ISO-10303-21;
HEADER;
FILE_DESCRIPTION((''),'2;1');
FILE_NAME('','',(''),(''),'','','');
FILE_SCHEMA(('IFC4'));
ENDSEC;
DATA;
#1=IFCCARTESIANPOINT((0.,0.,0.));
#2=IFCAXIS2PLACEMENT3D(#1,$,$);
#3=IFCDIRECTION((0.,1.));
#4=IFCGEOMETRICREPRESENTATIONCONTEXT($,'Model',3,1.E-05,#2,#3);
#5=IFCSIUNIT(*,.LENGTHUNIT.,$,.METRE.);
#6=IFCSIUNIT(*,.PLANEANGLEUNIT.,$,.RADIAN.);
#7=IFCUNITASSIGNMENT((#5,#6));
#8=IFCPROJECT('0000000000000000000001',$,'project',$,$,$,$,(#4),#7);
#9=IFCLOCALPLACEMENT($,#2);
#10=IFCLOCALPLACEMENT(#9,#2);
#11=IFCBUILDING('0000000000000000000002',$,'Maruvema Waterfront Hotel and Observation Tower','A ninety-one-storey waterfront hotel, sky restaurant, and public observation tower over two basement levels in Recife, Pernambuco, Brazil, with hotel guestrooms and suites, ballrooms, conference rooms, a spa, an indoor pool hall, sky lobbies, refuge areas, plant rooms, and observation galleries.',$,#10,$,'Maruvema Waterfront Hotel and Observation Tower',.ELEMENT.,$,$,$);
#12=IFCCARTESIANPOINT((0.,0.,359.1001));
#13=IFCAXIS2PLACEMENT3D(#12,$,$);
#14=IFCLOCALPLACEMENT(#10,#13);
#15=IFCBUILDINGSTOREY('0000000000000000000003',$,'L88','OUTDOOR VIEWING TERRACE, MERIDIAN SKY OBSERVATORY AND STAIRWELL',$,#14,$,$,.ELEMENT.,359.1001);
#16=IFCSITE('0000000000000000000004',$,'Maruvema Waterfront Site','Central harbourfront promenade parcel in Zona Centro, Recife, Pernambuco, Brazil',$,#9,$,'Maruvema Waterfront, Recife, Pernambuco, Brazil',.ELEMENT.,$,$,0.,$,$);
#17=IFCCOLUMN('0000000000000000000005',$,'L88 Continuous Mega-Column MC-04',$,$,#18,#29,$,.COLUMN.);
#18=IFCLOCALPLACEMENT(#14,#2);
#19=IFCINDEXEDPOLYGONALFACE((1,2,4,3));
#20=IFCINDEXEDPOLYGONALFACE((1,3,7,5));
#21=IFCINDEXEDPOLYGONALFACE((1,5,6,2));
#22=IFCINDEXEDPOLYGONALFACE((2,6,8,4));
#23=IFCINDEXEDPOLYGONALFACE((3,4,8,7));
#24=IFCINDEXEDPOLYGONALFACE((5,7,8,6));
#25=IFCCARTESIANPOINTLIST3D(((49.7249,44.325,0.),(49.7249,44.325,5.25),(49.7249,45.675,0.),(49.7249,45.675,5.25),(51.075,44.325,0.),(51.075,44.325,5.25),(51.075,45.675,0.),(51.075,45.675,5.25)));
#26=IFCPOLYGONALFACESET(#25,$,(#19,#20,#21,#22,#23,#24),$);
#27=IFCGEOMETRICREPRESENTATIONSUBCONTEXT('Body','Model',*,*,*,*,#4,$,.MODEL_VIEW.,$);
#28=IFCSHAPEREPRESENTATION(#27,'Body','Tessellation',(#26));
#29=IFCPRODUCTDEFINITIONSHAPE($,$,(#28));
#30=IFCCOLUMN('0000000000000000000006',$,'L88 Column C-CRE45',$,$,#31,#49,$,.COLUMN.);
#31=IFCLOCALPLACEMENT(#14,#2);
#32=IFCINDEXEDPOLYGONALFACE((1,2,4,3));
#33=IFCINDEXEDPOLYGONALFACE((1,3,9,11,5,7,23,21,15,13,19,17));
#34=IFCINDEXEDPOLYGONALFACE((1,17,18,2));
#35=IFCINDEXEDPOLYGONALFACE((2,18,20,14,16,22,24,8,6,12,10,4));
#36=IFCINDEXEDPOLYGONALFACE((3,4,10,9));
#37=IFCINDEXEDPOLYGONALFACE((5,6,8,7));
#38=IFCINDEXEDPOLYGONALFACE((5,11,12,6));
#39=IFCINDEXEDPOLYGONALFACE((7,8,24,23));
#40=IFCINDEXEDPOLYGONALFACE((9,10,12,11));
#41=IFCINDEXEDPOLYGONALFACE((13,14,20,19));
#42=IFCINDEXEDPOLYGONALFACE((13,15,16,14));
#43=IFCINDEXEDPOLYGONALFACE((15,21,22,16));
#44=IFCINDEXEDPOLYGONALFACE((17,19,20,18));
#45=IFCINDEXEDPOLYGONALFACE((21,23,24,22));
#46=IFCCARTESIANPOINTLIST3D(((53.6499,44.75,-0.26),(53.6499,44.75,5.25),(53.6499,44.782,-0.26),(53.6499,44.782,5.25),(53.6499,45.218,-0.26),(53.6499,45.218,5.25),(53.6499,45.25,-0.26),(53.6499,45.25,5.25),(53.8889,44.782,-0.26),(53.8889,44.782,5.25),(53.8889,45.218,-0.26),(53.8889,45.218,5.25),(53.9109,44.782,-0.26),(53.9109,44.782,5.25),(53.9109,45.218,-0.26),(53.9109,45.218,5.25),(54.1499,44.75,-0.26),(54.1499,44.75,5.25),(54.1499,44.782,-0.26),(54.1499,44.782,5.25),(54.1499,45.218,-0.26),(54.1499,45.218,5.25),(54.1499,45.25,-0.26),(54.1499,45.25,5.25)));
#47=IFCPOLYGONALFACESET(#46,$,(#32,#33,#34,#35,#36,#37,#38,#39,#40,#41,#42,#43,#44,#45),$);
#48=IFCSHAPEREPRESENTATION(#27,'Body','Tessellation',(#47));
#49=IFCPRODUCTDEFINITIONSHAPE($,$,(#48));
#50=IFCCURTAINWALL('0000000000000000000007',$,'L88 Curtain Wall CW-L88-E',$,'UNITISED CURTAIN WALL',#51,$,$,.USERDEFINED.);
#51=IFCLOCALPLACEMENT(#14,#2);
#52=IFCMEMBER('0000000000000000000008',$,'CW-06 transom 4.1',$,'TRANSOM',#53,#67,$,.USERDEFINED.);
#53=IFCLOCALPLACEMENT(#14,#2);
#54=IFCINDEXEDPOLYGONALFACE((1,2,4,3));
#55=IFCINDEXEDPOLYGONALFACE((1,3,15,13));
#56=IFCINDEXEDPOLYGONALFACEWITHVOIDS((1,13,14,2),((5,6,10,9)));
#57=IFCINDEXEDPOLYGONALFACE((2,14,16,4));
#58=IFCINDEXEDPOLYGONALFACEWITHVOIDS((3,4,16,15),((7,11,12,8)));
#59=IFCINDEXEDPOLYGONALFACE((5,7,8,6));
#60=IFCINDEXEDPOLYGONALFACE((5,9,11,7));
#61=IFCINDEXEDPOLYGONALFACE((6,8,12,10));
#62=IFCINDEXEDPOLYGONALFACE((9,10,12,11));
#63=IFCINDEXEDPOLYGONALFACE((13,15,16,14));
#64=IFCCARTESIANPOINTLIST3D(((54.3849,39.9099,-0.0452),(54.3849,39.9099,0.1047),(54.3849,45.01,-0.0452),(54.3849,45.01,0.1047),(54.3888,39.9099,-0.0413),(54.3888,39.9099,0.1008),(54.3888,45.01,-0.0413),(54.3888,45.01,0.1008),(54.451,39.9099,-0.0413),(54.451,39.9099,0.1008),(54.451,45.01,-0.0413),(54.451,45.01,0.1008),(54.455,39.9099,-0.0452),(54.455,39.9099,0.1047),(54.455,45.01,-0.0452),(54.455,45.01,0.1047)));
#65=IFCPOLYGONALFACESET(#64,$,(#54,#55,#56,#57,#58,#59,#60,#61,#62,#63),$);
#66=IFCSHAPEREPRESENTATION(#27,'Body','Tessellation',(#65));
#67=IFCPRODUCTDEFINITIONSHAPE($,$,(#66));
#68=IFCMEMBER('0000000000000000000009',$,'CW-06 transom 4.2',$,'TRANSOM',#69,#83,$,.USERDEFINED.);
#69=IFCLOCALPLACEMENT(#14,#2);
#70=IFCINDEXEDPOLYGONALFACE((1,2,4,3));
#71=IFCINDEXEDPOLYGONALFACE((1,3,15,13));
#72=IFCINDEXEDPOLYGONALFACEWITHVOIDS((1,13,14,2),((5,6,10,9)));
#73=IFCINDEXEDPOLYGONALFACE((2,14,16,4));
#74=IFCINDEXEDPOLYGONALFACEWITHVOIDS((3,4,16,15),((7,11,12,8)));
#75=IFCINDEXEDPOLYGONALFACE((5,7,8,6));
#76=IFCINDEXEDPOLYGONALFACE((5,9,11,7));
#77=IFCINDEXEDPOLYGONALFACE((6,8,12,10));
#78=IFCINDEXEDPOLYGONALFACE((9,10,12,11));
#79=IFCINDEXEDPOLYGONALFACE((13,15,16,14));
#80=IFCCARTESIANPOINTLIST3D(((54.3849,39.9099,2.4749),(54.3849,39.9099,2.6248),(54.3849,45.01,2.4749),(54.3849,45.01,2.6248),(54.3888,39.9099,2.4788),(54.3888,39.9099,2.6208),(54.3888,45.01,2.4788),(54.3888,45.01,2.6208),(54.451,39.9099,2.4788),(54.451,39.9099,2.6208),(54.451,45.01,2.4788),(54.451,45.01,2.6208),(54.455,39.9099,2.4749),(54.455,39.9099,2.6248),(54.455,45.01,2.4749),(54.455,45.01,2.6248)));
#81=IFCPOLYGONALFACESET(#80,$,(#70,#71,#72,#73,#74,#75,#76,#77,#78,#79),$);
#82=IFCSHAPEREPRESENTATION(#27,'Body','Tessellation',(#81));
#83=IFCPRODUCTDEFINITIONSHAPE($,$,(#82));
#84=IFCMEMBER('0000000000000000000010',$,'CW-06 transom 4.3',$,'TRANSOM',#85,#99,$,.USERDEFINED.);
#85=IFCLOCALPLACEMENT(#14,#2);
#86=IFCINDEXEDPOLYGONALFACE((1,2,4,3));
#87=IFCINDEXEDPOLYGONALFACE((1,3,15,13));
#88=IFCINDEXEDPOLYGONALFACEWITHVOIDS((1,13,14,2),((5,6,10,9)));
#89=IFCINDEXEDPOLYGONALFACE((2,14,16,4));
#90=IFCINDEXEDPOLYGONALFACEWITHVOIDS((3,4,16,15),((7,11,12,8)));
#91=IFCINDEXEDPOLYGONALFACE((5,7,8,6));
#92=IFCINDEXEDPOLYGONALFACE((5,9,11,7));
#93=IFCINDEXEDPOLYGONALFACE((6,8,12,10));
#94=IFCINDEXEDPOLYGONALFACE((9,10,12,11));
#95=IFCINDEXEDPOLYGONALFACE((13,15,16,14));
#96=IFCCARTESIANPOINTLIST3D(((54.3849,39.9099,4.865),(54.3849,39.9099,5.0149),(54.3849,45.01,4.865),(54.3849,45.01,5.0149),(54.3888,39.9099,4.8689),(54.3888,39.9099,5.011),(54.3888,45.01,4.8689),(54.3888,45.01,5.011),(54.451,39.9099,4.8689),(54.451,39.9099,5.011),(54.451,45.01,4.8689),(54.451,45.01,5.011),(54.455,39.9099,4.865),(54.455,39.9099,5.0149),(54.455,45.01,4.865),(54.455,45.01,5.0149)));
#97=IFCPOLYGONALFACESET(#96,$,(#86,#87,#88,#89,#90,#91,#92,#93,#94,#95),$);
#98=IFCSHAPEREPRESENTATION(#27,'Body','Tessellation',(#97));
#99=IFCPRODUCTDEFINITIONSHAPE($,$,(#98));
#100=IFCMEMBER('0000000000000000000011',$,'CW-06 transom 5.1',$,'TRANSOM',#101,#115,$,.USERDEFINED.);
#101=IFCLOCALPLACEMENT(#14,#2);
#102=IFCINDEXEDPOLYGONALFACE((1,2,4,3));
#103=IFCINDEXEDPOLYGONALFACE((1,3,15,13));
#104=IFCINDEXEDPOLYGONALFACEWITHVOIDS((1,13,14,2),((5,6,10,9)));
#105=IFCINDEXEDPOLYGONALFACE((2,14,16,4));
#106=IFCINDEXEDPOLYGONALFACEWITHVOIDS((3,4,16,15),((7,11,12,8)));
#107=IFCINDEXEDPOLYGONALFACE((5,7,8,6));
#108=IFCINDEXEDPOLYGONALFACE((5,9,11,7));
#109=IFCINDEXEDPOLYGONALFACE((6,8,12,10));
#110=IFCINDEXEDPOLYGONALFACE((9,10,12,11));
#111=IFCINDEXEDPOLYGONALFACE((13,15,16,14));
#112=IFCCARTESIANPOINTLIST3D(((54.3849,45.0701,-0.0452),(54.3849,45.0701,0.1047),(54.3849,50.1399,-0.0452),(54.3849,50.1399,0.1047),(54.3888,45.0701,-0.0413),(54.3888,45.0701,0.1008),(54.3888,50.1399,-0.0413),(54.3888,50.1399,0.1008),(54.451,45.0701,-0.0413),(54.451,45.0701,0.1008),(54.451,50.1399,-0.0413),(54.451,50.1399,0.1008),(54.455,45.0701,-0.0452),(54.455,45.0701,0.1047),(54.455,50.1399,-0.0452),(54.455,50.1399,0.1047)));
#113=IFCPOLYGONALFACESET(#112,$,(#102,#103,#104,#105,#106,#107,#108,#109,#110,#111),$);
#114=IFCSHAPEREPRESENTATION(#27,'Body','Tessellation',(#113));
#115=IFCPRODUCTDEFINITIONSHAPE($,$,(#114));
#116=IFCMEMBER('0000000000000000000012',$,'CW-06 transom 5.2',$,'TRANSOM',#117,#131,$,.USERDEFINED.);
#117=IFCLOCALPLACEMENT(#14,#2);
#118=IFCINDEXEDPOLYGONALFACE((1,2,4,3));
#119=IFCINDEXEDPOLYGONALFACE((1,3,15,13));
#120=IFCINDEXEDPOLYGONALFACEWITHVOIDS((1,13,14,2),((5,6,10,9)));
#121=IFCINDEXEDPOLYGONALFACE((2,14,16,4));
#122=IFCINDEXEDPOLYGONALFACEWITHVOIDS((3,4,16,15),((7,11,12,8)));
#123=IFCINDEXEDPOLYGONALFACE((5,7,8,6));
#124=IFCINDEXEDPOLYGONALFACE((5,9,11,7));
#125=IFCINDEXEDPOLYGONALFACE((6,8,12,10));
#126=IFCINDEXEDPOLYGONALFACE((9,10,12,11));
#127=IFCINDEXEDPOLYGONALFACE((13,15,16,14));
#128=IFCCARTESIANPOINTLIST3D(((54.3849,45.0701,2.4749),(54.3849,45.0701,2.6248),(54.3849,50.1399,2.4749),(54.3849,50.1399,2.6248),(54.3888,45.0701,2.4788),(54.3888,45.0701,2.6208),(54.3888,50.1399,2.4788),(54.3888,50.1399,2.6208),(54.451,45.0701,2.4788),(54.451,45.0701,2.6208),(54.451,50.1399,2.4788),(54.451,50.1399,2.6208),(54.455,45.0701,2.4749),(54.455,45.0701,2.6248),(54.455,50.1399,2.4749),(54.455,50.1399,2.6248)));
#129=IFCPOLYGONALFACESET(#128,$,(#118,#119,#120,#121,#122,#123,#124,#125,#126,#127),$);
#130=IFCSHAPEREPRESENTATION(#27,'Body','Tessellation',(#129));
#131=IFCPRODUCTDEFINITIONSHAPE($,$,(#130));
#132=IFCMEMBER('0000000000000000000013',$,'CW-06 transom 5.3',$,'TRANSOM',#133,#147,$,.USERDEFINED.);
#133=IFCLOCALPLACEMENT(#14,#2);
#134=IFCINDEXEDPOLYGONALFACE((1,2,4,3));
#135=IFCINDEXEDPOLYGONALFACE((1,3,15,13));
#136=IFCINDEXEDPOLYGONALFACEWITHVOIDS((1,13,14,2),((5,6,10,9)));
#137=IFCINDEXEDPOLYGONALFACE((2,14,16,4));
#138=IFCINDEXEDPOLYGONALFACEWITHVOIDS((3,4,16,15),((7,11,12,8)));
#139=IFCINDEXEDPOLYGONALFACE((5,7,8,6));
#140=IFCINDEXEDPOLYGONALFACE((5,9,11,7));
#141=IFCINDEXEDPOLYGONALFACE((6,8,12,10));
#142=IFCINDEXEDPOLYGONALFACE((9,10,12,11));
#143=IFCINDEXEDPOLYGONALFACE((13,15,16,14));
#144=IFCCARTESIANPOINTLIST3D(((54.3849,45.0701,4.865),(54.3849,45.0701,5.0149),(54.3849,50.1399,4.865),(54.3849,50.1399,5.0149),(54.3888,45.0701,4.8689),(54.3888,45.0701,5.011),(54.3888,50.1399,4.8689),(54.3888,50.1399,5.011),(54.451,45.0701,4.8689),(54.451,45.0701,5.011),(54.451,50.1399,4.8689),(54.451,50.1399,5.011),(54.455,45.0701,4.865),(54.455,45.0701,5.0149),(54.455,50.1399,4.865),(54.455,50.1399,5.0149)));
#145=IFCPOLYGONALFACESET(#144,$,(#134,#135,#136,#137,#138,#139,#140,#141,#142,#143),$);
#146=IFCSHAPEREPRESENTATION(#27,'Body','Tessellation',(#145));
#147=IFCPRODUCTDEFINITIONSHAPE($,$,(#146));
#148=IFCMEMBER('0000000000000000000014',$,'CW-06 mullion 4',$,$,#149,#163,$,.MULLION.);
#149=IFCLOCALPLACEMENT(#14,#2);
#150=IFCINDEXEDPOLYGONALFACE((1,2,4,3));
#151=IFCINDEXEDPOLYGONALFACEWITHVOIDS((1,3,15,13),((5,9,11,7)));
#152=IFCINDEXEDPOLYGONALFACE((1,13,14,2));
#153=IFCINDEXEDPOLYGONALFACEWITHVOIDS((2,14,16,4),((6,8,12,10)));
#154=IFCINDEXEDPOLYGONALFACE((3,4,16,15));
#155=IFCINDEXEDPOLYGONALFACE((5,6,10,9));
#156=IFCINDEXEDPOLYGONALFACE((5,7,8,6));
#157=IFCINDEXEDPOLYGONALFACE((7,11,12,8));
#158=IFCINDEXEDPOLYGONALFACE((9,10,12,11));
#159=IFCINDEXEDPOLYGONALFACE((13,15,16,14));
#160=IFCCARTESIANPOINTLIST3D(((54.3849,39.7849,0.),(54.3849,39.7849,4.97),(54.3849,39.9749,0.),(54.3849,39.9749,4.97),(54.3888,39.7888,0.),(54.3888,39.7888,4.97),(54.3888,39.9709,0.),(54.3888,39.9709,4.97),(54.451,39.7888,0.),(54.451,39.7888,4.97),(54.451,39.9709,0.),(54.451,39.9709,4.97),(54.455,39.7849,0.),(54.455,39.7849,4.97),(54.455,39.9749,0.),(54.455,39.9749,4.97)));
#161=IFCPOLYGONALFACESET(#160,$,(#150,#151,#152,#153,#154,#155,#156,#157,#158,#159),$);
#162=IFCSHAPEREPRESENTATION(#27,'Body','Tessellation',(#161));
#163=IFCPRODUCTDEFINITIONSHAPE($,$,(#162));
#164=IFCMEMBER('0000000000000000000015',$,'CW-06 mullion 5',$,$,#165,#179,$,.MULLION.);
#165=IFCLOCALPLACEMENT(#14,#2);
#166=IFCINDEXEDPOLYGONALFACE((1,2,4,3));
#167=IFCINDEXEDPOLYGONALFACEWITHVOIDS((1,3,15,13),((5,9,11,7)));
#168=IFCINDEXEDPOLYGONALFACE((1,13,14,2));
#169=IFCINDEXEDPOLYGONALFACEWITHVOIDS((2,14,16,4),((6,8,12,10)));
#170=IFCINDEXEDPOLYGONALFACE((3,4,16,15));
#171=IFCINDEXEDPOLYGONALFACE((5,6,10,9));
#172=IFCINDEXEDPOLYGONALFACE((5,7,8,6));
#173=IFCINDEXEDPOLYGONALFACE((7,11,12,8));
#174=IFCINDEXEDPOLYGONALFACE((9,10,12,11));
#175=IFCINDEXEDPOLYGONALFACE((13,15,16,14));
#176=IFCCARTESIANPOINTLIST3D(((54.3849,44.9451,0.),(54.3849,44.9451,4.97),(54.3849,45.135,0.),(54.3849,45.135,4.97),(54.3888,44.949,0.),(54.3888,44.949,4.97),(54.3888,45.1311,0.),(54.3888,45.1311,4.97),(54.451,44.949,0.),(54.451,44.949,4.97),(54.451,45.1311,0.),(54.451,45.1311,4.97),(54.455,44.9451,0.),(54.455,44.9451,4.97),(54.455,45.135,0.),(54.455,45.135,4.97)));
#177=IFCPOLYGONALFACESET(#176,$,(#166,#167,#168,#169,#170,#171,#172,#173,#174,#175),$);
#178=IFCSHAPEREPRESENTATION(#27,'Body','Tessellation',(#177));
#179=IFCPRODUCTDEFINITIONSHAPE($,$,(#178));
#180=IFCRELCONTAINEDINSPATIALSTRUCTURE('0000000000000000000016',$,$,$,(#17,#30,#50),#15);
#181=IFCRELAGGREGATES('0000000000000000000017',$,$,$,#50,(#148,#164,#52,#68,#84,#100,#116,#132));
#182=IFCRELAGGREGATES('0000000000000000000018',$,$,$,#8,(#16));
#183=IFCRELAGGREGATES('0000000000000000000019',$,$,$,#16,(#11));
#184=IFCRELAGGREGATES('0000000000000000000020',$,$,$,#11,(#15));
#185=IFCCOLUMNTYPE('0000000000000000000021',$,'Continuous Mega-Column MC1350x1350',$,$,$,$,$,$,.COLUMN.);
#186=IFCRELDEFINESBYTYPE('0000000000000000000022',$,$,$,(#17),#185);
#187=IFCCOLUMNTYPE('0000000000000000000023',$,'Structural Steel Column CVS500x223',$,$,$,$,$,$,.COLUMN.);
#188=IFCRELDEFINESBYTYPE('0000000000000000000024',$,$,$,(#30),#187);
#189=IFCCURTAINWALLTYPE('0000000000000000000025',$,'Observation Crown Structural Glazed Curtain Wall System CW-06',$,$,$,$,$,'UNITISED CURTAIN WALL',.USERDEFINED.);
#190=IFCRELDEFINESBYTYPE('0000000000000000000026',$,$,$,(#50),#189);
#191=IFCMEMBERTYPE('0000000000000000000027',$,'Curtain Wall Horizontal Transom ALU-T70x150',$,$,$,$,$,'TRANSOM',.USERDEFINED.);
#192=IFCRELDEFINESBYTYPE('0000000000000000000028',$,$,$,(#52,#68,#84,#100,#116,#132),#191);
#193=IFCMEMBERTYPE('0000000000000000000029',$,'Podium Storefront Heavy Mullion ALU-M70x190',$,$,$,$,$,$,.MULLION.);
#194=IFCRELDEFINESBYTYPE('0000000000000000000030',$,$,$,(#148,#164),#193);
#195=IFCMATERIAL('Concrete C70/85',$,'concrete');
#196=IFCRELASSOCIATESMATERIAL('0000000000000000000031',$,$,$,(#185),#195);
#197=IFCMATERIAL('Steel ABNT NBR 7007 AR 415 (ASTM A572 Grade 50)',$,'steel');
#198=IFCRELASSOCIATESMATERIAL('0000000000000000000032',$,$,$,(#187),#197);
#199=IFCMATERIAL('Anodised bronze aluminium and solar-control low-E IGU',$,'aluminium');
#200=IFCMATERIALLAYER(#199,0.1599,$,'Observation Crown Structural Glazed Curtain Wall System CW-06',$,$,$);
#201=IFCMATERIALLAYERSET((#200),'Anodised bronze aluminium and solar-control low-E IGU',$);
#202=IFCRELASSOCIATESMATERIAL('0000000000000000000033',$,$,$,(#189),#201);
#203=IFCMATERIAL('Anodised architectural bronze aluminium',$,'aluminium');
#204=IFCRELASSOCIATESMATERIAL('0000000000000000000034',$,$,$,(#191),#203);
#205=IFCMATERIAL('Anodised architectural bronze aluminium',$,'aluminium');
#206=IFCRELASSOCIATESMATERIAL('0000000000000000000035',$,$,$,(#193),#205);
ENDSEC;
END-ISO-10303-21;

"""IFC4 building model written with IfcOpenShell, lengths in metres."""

from ifc_helpers import new_model, si_unit, direction, frame, origin, origin_2d, place, context, subcontext, project, spatial, rectangle, hollow_rectangle, i_section, extrude, material, layer, layer_set, material_profile, profile_set, type_object, element, aggregate, save


model = new_model("IFC4")

# Units and contexts
model_context = context("Model", 3, precision=1e-05, world=origin(), true_north=direction((0.0, 1.0)))
body_context = subcontext(model_context, "Body", "Model", "MODEL_VIEW")
ifc_project = project(units=[si_unit("LENGTHUNIT", "METRE"), si_unit("PLANEANGLEUNIT", "RADIAN")], contexts=[model_context])

# Site, building, storey
site_placement = place(None, origin())
site = spatial("IfcSite", under=ifc_project, at=site_placement, Name="Maruvema Waterfront Site", Description="Central harbourfront promenade parcel in Zona Centro, Recife, Pernambuco, Brazil", LongName="Maruvema Waterfront, Recife, Pernambuco, Brazil", CompositionType="ELEMENT", RefElevation=0.0)
building_placement = place(site_placement, origin())
building = spatial("IfcBuilding", under=site, at=building_placement, Name="Maruvema Waterfront Hotel and Observation Tower", Description="A ninety-one-storey waterfront hotel, sky restaurant, and public observation tower over two basement levels in Recife, Pernambuco, Brazil, with hotel guestrooms and suites, ballrooms, conference rooms, a spa, an indoor pool hall, sky lobbies, refuge areas, plant rooms, and observation galleries.", LongName="Maruvema Waterfront Hotel and Observation Tower", CompositionType="ELEMENT")
storey_placement = place(building_placement, frame((0.0, 0.0, 359.1001)))
storey = spatial("IfcBuildingStorey", under=building, at=storey_placement, Name="L88", Description="OUTDOOR VIEWING TERRACE, MERIDIAN SKY OBSERVATORY AND STAIRWELL", CompositionType="ELEMENT", Elevation=359.1001)

# Columns
ifc_material_1 = material(Name="Concrete C70/85", Category="concrete")
ifc_material_profile_1 = material_profile(ifc_material_1, rectangle(XDim=1.3501, YDim=1.3501, at=origin_2d()), Name="MC1350x1350")
ifc_profile_set_1 = profile_set([ifc_material_profile_1], Name="Concrete C70/85")
column_type_1 = type_object("IfcColumnType", Name="Continuous Mega-Column MC1350x1350", PredefinedType="COLUMN", material=ifc_profile_set_1)
column_1_placement = place(storey_placement, frame((50.3999, 45.0, 0.0), z_axis=(0.0, 0.0, 1.0), x_axis=(1.0, 0.0, 0.0)))
element("IfcColumn", 1, at=column_1_placement, inside=storey, type_object=column_type_1, Name="L88 Continuous Mega-Column MC-04", PredefinedType="COLUMN", context=body_context, shape_type="SweptSolid", body=[
    extrude(rectangle(XDim=1.3501, YDim=1.3501, at=origin_2d()), origin(), (0.0, 0.0, 1.0), 5.25),
])
ifc_material_2 = material(Name="Steel ABNT NBR 7007 AR 415 (ASTM A572 Grade 50)", Category="steel")
ifc_material_profile_2 = material_profile(ifc_material_2, i_section(OverallWidth=0.5, OverallDepth=0.5, WebThickness=0.022, FlangeThickness=0.032, at=origin_2d()), Name="CVS500x223")
ifc_profile_set_2 = profile_set([ifc_material_profile_2], Name="Steel ABNT NBR 7007 AR 415 (ASTM A572 Grade 50)")
column_type_2 = type_object("IfcColumnType", Name="Structural Steel Column CVS500x223", PredefinedType="COLUMN", material=ifc_profile_set_2)
column_2_placement = place(storey_placement, frame((53.8999, 45.0, -0.26), z_axis=(0.0, 0.0, 1.0), x_axis=(1.0, 0.0, 0.0)))
element("IfcColumn", 2, at=column_2_placement, inside=storey, type_object=column_type_2, Name="L88 Column C-CRE45", PredefinedType="COLUMN", context=body_context, shape_type="SweptSolid", body=[
    extrude(i_section(OverallWidth=0.5, OverallDepth=0.5, WebThickness=0.022, FlangeThickness=0.032, at=origin_2d()), origin(), (0.0, 0.0, 1.0), 5.51),
])

# Curtain wall, members
ifc_material_3 = material(Name="Anodised bronze aluminium and solar-control low-E IGU", Category="aluminium")
ifc_layer_1 = layer(ifc_material_3, 0.1599, Name="Observation Crown Structural Glazed Curtain Wall System CW-06")
ifc_layer_set_1 = layer_set([ifc_layer_1], Name="Anodised bronze aluminium and solar-control low-E IGU")
curtain_wall_type = type_object("IfcCurtainWallType", Name="Observation Crown Structural Glazed Curtain Wall System CW-06", ElementType="UNITISED CURTAIN WALL", PredefinedType="USERDEFINED", material=ifc_layer_set_1)
curtain_wall_placement = place(storey_placement, origin())
curtain_wall = element("IfcCurtainWall", 3, at=curtain_wall_placement, inside=storey, type_object=curtain_wall_type, Name="L88 Curtain Wall CW-L88-E", ObjectType="UNITISED CURTAIN WALL", PredefinedType="USERDEFINED")
ifc_material_4 = material(Name="Anodised architectural bronze aluminium", Category="aluminium")
ifc_material_profile_3 = material_profile(ifc_material_4, hollow_rectangle(XDim=0.0701, YDim=0.1499, WallThickness=0.0039, at=origin_2d()), Name="ALU-T70x150")
ifc_profile_set_3 = profile_set([ifc_material_profile_3], Name="Anodised architectural bronze aluminium")
member_type_1 = type_object("IfcMemberType", Name="Curtain Wall Horizontal Transom ALU-T70x150", ElementType="TRANSOM", PredefinedType="USERDEFINED", material=ifc_profile_set_3)
member_1_placement = place(storey_placement, frame((54.4199, 39.9099, 0.0298), z_axis=(0.0, 1.0, 0.0), x_axis=(-1.0, 0.0, 0.0)))
member_1 = element("IfcMember", 4, at=member_1_placement, type_object=member_type_1, Name="CW-06 transom 4.1", ObjectType="TRANSOM", PredefinedType="USERDEFINED", context=body_context, shape_type="SweptSolid", body=[
    extrude(hollow_rectangle(XDim=0.0701, YDim=0.1499, WallThickness=0.0039, at=origin_2d()), origin(), (0.0, 0.0, 1.0), 5.1001),
])
member_2_placement = place(storey_placement, frame((54.4199, 39.9099, 2.5498), z_axis=(0.0, 1.0, 0.0), x_axis=(-1.0, 0.0, 0.0)))
member_2 = element("IfcMember", 5, at=member_2_placement, type_object=member_type_1, Name="CW-06 transom 4.2", ObjectType="TRANSOM", PredefinedType="USERDEFINED", context=body_context, shape_type="SweptSolid", body=[
    extrude(hollow_rectangle(XDim=0.0701, YDim=0.1499, WallThickness=0.0039, at=origin_2d()), origin(), (0.0, 0.0, 1.0), 5.1001),
])
member_3_placement = place(storey_placement, frame((54.4199, 39.9099, 4.9399), z_axis=(0.0, 1.0, 0.0), x_axis=(-1.0, 0.0, 0.0)))
member_3 = element("IfcMember", 6, at=member_3_placement, type_object=member_type_1, Name="CW-06 transom 4.3", ObjectType="TRANSOM", PredefinedType="USERDEFINED", context=body_context, shape_type="SweptSolid", body=[
    extrude(hollow_rectangle(XDim=0.0701, YDim=0.1499, WallThickness=0.0039, at=origin_2d()), origin(), (0.0, 0.0, 1.0), 5.1001),
])
member_4_placement = place(storey_placement, frame((54.4199, 45.0701, 0.0298), z_axis=(0.0, 1.0, 0.0), x_axis=(-1.0, 0.0, 0.0)))
member_4 = element("IfcMember", 7, at=member_4_placement, type_object=member_type_1, Name="CW-06 transom 5.1", ObjectType="TRANSOM", PredefinedType="USERDEFINED", context=body_context, shape_type="SweptSolid", body=[
    extrude(hollow_rectangle(XDim=0.0701, YDim=0.1499, WallThickness=0.0039, at=origin_2d()), origin(), (0.0, 0.0, 1.0), 5.0698),
])
member_5_placement = place(storey_placement, frame((54.4199, 45.0701, 2.5498), z_axis=(0.0, 1.0, 0.0), x_axis=(-1.0, 0.0, 0.0)))
member_5 = element("IfcMember", 8, at=member_5_placement, type_object=member_type_1, Name="CW-06 transom 5.2", ObjectType="TRANSOM", PredefinedType="USERDEFINED", context=body_context, shape_type="SweptSolid", body=[
    extrude(hollow_rectangle(XDim=0.0701, YDim=0.1499, WallThickness=0.0039, at=origin_2d()), origin(), (0.0, 0.0, 1.0), 5.0698),
])
member_6_placement = place(storey_placement, frame((54.4199, 45.0701, 4.9399), z_axis=(0.0, 1.0, 0.0), x_axis=(-1.0, 0.0, 0.0)))
member_6 = element("IfcMember", 9, at=member_6_placement, type_object=member_type_1, Name="CW-06 transom 5.3", ObjectType="TRANSOM", PredefinedType="USERDEFINED", context=body_context, shape_type="SweptSolid", body=[
    extrude(hollow_rectangle(XDim=0.0701, YDim=0.1499, WallThickness=0.0039, at=origin_2d()), origin(), (0.0, 0.0, 1.0), 5.0698),
])
ifc_material_5 = material(Name="Anodised architectural bronze aluminium", Category="aluminium")
ifc_material_profile_4 = material_profile(ifc_material_5, hollow_rectangle(XDim=0.0701, YDim=0.1899, WallThickness=0.0039, at=origin_2d()), Name="ALU-M70x190")
ifc_profile_set_4 = profile_set([ifc_material_profile_4], Name="Anodised architectural bronze aluminium")
member_type_2 = type_object("IfcMemberType", Name="Podium Storefront Heavy Mullion ALU-M70x190", PredefinedType="MULLION", material=ifc_profile_set_4)
member_7_placement = place(storey_placement, frame((54.4199, 39.8799, 0.0), z_axis=(0.0, 0.0, 1.0), x_axis=(-1.0, 0.0, 0.0)))
member_7 = element("IfcMember", 10, at=member_7_placement, type_object=member_type_2, Name="CW-06 mullion 4", PredefinedType="MULLION", context=body_context, shape_type="SweptSolid", body=[
    extrude(hollow_rectangle(XDim=0.0701, YDim=0.1899, WallThickness=0.0039, at=origin_2d()), origin(), (0.0, 0.0, 1.0), 4.97),
])
member_8_placement = place(storey_placement, frame((54.4199, 45.04, 0.0), z_axis=(0.0, 0.0, 1.0), x_axis=(-1.0, 0.0, 0.0)))
member_8 = element("IfcMember", 11, at=member_8_placement, type_object=member_type_2, Name="CW-06 mullion 5", PredefinedType="MULLION", context=body_context, shape_type="SweptSolid", body=[
    extrude(hollow_rectangle(XDim=0.0701, YDim=0.1899, WallThickness=0.0039, at=origin_2d()), origin(), (0.0, 0.0, 1.0), 4.97),
])
aggregate(curtain_wall, [member_7, member_8, member_1, member_2, member_3, member_4, member_5, member_6])

save(model, "model.ifc")
